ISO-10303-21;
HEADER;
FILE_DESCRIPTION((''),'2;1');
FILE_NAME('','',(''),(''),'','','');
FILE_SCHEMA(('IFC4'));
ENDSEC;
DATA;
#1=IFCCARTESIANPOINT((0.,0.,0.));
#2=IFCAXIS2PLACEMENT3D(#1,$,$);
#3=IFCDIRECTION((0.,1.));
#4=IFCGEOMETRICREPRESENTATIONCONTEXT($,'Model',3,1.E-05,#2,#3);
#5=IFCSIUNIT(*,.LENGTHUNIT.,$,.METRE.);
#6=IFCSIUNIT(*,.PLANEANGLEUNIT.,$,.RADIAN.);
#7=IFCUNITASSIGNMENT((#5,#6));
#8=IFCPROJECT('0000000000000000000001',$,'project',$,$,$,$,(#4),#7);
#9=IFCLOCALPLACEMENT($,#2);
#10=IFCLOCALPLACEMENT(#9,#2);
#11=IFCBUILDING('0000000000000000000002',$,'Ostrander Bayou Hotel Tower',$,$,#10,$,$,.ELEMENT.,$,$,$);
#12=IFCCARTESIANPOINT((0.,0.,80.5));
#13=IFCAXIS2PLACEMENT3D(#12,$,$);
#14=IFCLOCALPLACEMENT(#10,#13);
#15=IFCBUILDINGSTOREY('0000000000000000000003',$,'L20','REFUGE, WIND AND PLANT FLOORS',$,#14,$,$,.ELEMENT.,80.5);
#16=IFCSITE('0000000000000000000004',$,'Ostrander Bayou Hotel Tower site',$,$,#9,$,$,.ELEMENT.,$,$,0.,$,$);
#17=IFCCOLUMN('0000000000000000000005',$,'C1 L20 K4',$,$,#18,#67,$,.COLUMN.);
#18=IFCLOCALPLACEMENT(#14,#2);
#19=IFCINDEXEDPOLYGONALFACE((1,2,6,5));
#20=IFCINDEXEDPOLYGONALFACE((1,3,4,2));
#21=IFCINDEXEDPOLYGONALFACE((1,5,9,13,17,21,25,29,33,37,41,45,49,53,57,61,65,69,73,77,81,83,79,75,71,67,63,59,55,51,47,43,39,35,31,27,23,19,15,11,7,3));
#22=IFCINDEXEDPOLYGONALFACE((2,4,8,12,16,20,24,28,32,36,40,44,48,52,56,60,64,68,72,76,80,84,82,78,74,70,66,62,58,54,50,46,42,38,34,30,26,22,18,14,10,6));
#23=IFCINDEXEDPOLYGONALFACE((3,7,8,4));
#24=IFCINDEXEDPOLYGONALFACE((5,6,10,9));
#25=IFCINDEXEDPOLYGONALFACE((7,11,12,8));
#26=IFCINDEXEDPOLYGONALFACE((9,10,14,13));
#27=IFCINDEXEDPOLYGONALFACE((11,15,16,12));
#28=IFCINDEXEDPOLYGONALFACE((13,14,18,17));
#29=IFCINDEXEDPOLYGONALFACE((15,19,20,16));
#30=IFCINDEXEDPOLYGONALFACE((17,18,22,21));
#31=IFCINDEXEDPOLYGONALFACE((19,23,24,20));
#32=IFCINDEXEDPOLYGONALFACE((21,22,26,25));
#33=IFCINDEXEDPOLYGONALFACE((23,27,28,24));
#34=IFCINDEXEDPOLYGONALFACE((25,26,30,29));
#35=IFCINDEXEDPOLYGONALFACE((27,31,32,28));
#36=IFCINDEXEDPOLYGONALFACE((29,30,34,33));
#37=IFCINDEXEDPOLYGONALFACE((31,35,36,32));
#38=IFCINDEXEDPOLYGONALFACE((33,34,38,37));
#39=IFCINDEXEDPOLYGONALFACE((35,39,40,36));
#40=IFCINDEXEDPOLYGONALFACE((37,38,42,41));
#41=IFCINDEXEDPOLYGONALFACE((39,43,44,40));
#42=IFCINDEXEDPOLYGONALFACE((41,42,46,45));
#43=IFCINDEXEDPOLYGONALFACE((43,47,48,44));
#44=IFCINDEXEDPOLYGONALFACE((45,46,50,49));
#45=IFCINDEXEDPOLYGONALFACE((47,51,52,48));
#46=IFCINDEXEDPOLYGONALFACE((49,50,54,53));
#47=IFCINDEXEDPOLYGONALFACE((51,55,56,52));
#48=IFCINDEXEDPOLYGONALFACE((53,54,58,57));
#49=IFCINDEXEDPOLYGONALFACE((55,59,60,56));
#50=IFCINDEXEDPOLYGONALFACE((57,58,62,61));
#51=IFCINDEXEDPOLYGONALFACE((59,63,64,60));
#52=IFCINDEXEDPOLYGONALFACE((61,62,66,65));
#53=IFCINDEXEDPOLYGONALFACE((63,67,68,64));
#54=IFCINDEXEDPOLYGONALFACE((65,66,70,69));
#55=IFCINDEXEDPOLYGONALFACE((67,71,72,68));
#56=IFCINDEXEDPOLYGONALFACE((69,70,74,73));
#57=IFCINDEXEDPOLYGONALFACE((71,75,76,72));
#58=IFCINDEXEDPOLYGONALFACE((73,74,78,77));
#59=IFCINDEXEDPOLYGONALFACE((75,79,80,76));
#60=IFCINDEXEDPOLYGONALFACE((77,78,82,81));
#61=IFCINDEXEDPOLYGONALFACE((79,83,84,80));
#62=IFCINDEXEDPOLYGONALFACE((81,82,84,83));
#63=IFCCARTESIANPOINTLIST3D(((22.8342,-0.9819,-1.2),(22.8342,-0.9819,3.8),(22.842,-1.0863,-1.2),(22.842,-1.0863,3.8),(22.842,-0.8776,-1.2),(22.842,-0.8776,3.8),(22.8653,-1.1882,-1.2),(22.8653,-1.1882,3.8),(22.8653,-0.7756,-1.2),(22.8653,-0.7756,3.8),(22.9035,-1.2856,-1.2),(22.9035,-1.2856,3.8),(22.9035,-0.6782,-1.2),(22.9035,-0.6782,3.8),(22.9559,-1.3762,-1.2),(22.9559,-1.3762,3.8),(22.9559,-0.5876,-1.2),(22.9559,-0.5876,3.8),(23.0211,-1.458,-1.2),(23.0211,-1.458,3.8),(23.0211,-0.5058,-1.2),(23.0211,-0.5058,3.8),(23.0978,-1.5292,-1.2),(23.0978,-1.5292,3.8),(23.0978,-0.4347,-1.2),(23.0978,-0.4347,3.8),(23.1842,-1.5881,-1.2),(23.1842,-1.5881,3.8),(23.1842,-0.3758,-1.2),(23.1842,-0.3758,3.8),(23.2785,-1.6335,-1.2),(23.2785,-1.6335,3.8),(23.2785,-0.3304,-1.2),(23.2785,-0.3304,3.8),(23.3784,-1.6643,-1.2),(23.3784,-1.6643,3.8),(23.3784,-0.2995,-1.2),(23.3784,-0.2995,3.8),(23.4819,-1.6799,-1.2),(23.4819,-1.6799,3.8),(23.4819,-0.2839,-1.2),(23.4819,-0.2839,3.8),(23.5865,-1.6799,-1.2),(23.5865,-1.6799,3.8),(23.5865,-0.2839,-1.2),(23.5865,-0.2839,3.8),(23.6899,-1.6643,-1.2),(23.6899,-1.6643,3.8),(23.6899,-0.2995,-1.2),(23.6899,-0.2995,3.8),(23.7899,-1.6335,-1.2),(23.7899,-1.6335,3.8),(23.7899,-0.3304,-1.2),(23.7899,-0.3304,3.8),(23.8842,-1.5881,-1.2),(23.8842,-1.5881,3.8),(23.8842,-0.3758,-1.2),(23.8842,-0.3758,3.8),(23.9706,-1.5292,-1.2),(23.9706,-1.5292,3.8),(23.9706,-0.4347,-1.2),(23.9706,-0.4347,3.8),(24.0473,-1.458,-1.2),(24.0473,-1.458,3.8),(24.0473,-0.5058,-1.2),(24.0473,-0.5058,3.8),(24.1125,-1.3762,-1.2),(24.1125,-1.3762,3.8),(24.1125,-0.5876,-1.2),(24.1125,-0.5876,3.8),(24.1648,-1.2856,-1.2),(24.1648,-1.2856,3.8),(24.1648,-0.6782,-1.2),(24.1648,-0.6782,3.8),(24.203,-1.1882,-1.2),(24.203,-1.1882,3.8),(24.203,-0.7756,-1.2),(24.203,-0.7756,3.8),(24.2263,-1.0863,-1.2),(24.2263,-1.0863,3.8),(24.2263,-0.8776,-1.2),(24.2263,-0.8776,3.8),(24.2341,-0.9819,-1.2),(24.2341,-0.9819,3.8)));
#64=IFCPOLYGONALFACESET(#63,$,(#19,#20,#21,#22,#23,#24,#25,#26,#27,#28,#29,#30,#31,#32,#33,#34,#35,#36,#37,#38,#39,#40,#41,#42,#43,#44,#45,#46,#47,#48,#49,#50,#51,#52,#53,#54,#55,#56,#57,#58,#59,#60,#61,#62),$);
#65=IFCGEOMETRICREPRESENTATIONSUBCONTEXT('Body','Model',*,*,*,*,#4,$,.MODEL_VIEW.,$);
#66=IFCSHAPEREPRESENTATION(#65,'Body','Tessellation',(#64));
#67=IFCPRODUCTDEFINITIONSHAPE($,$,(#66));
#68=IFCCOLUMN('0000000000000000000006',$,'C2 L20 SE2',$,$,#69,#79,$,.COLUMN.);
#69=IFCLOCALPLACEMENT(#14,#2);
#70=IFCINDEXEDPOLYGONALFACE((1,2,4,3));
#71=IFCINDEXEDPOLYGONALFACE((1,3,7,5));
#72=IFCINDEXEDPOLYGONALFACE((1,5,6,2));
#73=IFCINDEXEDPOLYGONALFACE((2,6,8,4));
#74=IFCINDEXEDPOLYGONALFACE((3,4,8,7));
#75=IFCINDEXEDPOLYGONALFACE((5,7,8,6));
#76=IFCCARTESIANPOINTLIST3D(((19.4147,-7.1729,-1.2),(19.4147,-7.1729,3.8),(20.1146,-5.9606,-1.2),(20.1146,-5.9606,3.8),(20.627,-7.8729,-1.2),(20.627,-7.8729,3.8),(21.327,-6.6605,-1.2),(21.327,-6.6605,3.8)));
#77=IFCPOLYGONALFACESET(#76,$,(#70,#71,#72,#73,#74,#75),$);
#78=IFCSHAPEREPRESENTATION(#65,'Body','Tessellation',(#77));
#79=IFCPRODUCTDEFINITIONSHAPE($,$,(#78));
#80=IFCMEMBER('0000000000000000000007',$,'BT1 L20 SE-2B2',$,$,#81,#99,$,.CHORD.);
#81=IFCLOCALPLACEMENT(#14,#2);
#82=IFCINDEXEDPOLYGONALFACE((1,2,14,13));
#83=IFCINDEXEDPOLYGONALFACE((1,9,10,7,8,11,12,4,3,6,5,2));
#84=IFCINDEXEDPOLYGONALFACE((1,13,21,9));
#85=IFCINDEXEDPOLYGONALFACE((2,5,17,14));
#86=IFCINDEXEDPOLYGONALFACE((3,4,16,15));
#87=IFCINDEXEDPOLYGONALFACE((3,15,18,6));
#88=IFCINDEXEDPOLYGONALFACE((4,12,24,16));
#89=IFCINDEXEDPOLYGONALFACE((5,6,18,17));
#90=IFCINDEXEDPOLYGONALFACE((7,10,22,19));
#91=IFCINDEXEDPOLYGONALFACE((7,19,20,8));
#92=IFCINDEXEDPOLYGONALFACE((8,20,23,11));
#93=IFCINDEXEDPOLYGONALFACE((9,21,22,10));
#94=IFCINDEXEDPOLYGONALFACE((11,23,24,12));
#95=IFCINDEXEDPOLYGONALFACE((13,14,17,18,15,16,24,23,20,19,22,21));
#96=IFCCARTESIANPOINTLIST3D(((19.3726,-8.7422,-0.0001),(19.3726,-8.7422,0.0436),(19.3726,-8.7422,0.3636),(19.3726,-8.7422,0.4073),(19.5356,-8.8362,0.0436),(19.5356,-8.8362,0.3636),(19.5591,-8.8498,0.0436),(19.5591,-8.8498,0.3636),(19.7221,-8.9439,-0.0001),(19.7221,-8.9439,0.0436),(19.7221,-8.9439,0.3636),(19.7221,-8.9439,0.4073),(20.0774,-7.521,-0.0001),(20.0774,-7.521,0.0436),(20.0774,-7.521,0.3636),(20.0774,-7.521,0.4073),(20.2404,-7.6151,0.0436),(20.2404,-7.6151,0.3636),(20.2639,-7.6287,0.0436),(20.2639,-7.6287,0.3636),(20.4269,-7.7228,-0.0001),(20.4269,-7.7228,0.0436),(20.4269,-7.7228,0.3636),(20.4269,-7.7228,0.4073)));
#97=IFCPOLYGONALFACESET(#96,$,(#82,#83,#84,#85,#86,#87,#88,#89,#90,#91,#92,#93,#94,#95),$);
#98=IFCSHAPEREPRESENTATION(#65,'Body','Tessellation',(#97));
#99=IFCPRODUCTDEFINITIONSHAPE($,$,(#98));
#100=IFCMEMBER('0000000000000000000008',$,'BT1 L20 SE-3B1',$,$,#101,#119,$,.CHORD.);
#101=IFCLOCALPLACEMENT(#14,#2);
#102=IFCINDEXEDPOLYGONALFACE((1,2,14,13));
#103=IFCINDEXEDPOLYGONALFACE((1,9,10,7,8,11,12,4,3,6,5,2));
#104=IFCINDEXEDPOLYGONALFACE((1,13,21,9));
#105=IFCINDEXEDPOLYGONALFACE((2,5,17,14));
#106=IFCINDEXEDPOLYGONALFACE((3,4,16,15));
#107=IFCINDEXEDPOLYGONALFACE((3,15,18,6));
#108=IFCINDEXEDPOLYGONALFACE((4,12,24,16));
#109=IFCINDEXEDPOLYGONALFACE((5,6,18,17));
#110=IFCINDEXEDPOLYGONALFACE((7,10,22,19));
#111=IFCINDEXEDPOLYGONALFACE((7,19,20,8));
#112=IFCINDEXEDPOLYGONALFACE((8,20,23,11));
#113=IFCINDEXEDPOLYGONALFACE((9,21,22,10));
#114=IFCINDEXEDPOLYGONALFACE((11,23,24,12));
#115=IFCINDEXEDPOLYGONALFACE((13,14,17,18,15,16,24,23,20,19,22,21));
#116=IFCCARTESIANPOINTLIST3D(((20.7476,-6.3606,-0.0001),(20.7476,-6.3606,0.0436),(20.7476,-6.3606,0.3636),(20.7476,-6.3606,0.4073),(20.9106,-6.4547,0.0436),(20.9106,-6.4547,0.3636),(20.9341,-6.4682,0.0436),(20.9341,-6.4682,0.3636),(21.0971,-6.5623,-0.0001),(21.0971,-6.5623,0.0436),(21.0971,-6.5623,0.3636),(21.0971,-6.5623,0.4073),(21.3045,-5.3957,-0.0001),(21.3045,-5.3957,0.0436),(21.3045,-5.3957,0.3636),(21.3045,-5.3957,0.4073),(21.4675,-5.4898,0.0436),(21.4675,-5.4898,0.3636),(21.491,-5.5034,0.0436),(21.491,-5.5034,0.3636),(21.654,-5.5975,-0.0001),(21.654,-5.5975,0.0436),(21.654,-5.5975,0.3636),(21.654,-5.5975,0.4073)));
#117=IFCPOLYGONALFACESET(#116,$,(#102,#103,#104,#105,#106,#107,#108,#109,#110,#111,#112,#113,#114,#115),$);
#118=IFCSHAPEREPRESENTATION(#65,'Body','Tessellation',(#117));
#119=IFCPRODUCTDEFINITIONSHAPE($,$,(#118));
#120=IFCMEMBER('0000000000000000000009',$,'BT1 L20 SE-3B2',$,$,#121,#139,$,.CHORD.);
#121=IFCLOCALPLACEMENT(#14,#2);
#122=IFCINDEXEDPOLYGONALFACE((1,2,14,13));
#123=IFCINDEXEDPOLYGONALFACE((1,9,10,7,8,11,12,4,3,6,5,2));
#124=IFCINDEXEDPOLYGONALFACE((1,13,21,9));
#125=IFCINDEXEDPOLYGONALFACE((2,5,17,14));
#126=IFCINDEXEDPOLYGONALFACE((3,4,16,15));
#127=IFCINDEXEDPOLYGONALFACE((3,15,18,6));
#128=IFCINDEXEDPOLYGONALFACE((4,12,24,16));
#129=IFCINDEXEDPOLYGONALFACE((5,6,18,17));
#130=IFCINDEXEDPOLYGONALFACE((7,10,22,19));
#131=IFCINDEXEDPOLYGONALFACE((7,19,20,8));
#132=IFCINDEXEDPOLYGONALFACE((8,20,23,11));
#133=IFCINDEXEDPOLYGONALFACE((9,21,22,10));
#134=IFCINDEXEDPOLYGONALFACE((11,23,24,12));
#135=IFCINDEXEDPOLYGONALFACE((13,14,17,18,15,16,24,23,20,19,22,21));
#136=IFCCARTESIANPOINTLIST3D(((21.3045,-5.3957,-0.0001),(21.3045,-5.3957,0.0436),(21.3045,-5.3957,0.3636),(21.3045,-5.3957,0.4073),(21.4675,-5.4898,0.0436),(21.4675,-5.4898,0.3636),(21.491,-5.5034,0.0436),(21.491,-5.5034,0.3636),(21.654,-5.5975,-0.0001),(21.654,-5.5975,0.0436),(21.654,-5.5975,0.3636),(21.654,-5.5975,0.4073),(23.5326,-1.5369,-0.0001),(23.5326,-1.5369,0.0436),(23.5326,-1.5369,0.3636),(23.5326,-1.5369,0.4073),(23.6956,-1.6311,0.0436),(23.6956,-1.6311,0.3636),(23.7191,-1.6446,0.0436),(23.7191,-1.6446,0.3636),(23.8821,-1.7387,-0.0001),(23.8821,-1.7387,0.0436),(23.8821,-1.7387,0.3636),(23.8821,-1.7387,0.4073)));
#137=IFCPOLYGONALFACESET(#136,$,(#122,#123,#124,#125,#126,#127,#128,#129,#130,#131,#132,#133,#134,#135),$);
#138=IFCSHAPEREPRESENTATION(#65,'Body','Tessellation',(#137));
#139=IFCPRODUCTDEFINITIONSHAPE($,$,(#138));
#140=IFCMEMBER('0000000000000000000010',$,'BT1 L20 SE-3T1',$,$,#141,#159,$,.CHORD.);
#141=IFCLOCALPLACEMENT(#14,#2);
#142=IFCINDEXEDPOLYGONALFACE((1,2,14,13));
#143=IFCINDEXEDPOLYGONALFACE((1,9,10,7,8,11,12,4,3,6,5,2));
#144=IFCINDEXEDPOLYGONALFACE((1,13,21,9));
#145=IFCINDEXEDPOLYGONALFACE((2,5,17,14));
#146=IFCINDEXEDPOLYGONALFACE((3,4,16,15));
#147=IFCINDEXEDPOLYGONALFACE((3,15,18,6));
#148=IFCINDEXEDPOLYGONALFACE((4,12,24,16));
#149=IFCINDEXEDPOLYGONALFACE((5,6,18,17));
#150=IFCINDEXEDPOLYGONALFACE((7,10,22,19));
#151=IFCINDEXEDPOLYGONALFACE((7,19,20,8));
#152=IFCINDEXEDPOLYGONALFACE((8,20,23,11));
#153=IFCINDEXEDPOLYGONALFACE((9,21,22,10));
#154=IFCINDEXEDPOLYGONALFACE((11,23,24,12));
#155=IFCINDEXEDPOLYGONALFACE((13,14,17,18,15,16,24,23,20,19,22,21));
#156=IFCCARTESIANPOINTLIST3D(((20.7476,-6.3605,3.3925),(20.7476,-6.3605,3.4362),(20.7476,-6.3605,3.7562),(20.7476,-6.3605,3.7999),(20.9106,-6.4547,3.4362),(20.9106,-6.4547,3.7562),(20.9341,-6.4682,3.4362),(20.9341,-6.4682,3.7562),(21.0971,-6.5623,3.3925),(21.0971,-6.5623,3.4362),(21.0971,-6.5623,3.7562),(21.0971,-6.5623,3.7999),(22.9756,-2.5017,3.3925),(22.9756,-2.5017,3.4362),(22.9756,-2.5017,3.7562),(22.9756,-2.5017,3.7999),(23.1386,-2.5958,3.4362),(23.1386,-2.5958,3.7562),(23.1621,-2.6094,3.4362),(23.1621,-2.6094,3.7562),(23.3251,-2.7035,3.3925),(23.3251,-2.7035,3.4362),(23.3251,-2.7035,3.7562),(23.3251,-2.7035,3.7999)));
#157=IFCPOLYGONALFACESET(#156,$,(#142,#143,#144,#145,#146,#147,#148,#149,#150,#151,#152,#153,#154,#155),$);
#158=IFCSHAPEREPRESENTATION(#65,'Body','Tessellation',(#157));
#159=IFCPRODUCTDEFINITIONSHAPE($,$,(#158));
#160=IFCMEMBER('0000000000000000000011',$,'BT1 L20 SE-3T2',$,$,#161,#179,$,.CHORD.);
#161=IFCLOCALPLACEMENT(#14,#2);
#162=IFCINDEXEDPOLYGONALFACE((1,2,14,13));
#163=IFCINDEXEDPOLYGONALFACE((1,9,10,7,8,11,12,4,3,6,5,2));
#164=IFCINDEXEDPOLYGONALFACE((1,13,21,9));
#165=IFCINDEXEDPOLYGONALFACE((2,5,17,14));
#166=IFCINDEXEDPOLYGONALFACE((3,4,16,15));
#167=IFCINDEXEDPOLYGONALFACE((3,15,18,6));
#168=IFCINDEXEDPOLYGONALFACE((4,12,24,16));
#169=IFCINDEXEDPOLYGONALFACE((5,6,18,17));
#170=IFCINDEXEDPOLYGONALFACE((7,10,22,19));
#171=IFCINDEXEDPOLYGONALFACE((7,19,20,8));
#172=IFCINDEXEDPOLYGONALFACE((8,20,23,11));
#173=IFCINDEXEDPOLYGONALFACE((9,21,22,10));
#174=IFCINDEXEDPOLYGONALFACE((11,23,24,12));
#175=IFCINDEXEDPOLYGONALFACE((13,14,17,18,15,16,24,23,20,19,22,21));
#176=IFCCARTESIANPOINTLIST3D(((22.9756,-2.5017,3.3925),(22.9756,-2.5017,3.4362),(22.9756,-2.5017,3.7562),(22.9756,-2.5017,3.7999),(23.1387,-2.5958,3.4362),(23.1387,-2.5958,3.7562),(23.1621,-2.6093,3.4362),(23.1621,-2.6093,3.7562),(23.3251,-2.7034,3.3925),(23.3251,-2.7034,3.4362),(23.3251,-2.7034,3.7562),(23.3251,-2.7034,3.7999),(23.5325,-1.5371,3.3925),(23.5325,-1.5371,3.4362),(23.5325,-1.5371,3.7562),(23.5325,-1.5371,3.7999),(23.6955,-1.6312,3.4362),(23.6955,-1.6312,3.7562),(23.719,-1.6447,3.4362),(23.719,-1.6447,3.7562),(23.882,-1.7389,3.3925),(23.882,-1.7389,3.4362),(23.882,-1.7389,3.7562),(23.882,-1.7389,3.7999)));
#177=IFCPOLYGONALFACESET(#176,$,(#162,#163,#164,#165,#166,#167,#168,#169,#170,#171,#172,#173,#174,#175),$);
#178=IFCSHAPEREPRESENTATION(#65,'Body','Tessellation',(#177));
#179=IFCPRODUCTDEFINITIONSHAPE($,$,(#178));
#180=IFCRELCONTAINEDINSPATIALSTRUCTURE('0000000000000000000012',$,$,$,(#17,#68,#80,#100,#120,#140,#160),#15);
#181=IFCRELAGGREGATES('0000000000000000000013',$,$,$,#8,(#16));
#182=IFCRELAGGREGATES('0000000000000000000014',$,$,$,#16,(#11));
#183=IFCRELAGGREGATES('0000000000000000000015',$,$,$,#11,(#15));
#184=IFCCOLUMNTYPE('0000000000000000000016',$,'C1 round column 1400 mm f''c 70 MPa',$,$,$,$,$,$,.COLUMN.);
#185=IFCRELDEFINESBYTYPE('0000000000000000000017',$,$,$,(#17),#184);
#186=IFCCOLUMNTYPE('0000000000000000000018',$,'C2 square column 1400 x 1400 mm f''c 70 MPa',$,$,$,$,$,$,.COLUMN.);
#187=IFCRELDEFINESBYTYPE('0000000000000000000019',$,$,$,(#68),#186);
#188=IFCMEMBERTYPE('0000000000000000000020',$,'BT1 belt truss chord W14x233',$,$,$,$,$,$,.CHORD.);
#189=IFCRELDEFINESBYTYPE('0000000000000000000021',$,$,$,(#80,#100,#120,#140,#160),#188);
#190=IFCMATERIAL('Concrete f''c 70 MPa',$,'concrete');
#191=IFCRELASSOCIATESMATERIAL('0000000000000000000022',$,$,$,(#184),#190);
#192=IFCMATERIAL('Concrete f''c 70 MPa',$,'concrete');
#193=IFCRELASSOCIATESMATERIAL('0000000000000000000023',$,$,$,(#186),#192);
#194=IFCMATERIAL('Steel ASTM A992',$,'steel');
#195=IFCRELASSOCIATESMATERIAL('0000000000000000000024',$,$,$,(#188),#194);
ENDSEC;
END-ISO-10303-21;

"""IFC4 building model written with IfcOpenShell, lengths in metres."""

from ifc_helpers import new_model, si_unit, direction, frame, origin, origin_2d, place, context, subcontext, project, spatial, rectangle, circle, i_section, extrude, material, material_profile, profile_set, type_object, element, save


model = new_model("IFC4")

# Units and contexts
model_context = context("Model", 3, precision=1e-05, world=origin(), true_north=direction((0.0, 1.0)))
body_context = subcontext(model_context, "Body", "Model", "MODEL_VIEW")
ifc_project = project(units=[si_unit("LENGTHUNIT", "METRE"), si_unit("PLANEANGLEUNIT", "RADIAN")], contexts=[model_context])

# Site, building, storey
site_placement = place(None, origin())
site = spatial("IfcSite", under=ifc_project, at=site_placement, Name="Ostrander Bayou Hotel Tower site", CompositionType="ELEMENT", RefElevation=0.0)
building_placement = place(site_placement, origin())
building = spatial("IfcBuilding", under=site, at=building_placement, Name="Ostrander Bayou Hotel Tower", CompositionType="ELEMENT")
storey_placement = place(building_placement, frame((0.0, 0.0, 80.5)))
storey = spatial("IfcBuildingStorey", under=building, at=storey_placement, Name="L20", Description="REFUGE, WIND AND PLANT FLOORS", CompositionType="ELEMENT", Elevation=80.5)

# Columns
ifc_material_1 = material(Name="Concrete f'c 70 MPa", Category="concrete")
ifc_material_profile_1 = material_profile(ifc_material_1, circle(Radius=0.7, at=origin_2d()))
ifc_profile_set_1 = profile_set([ifc_material_profile_1], Name="Concrete f'c 70 MPa")
column_type_1 = type_object("IfcColumnType", Name="C1 round column 1400 mm f'c 70 MPa", PredefinedType="COLUMN", material=ifc_profile_set_1)
column_1_placement = place(storey_placement, frame((23.5342, -0.9819, -1.2), z_axis=(0.0, 0.0, 1.0), x_axis=(1.0, 0.0, 0.0)))
element("IfcColumn", 1, at=column_1_placement, inside=storey, type_object=column_type_1, Name="C1 L20 K4", PredefinedType="COLUMN", context=body_context, shape_type="SweptSolid", body=[
    extrude(circle(Radius=0.7, at=origin_2d()), origin(), (0.0, 0.0, 1.0), 5.0),
])
ifc_material_2 = material(Name="Concrete f'c 70 MPa", Category="concrete")
ifc_material_profile_2 = material_profile(ifc_material_2, rectangle(XDim=1.3999, YDim=1.3999, at=origin_2d()))
ifc_profile_set_2 = profile_set([ifc_material_profile_2], Name="Concrete f'c 70 MPa")
column_type_2 = type_object("IfcColumnType", Name="C2 square column 1400 x 1400 mm f'c 70 MPa", PredefinedType="COLUMN", material=ifc_profile_set_2)
column_2_placement = place(storey_placement, frame((20.3708, -6.9167, -1.2), z_axis=(0.0, 0.0, 1.0), x_axis=(-0.5, -0.866025, 0.0)))
element("IfcColumn", 2, at=column_2_placement, inside=storey, type_object=column_type_2, Name="C2 L20 SE2", PredefinedType="COLUMN", context=body_context, shape_type="SweptSolid", body=[
    extrude(rectangle(XDim=1.3999, YDim=1.3999, at=origin_2d()), origin(), (0.0, 0.0, 1.0), 5.0),
])

# Members
ifc_material_3 = material(Name="Steel ASTM A992", Category="steel")
ifc_material_profile_3 = material_profile(ifc_material_3, i_section(OverallWidth=0.4036, OverallDepth=0.4075, WebThickness=0.0271, FlangeThickness=0.0437, at=origin_2d()))
ifc_profile_set_3 = profile_set([ifc_material_profile_3], Name="Steel ASTM A992")
member_type_1 = type_object("IfcMemberType", Name="BT1 belt truss chord W14x233", PredefinedType="CHORD", material=ifc_profile_set_3)
member_1_placement = place(storey_placement, frame((19.5474, -8.843, 0.2036), z_axis=(0.499882, 0.866093, 0.0), x_axis=(-0.866093, 0.499882, 0.0)))
element("IfcMember", 3, at=member_1_placement, inside=storey, type_object=member_type_1, Name="BT1 L20 SE-2B2", PredefinedType="CHORD", context=body_context, shape_type="SweptSolid", body=[
    extrude(i_section(OverallWidth=0.4036, OverallDepth=0.4075, WebThickness=0.0271, FlangeThickness=0.0437, at=origin_2d()), origin(), (0.0, 0.0, 1.0), 1.4099),
])
member_2_placement = place(storey_placement, frame((20.9224, -6.4614, 0.2036), z_axis=(0.499887, 0.866091, 0.0), x_axis=(-0.866091, 0.499887, 0.0)))
element("IfcMember", 4, at=member_2_placement, inside=storey, type_object=member_type_1, Name="BT1 L20 SE-3B1", PredefinedType="CHORD", context=body_context, shape_type="SweptSolid", body=[
    extrude(i_section(OverallWidth=0.4036, OverallDepth=0.4075, WebThickness=0.0271, FlangeThickness=0.0437, at=origin_2d()), origin(), (0.0, 0.0, 1.0), 1.114),
])
for number, where, z_axis, x_axis, name in (
    (5, (21.4792, -5.4966, 0.2036), (0.50004, 0.866002, 0.0), (-0.866002, 0.50004, 0.0), "BT1 L20 SE-3B2"),
    (6, (20.9224, -6.4614, 3.5962), (0.500017, 0.866016, 0.0), (-0.866016, 0.500017, 0.0), "BT1 L20 SE-3T1"),
):
    element("IfcMember", number, at=place(storey_placement, frame(where, z_axis=z_axis, x_axis=x_axis)), inside=storey, type_object=member_type_1, Name=name, PredefinedType="CHORD", context=body_context, shape_type="SweptSolid", body=[
        extrude(i_section(OverallWidth=0.4036, OverallDepth=0.4075, WebThickness=0.0271, FlangeThickness=0.0437, at=origin_2d()), origin(), (0.0, 0.0, 1.0), 4.4558),
    ])
member_3_placement = place(storey_placement, frame((23.1504, -2.6025, 3.5962), z_axis=(0.499982, 0.866036, 0.0), x_axis=(-0.866036, 0.499982, 0.0)))
element("IfcMember", 7, at=member_3_placement, inside=storey, type_object=member_type_1, Name="BT1 L20 SE-3T2", PredefinedType="CHORD", context=body_context, shape_type="SweptSolid", body=[
    extrude(i_section(OverallWidth=0.4036, OverallDepth=0.4075, WebThickness=0.0271, FlangeThickness=0.0437, at=origin_2d()), origin(), (0.0, 0.0, 1.0), 1.1138),
])

save(model, "model.ifc")
